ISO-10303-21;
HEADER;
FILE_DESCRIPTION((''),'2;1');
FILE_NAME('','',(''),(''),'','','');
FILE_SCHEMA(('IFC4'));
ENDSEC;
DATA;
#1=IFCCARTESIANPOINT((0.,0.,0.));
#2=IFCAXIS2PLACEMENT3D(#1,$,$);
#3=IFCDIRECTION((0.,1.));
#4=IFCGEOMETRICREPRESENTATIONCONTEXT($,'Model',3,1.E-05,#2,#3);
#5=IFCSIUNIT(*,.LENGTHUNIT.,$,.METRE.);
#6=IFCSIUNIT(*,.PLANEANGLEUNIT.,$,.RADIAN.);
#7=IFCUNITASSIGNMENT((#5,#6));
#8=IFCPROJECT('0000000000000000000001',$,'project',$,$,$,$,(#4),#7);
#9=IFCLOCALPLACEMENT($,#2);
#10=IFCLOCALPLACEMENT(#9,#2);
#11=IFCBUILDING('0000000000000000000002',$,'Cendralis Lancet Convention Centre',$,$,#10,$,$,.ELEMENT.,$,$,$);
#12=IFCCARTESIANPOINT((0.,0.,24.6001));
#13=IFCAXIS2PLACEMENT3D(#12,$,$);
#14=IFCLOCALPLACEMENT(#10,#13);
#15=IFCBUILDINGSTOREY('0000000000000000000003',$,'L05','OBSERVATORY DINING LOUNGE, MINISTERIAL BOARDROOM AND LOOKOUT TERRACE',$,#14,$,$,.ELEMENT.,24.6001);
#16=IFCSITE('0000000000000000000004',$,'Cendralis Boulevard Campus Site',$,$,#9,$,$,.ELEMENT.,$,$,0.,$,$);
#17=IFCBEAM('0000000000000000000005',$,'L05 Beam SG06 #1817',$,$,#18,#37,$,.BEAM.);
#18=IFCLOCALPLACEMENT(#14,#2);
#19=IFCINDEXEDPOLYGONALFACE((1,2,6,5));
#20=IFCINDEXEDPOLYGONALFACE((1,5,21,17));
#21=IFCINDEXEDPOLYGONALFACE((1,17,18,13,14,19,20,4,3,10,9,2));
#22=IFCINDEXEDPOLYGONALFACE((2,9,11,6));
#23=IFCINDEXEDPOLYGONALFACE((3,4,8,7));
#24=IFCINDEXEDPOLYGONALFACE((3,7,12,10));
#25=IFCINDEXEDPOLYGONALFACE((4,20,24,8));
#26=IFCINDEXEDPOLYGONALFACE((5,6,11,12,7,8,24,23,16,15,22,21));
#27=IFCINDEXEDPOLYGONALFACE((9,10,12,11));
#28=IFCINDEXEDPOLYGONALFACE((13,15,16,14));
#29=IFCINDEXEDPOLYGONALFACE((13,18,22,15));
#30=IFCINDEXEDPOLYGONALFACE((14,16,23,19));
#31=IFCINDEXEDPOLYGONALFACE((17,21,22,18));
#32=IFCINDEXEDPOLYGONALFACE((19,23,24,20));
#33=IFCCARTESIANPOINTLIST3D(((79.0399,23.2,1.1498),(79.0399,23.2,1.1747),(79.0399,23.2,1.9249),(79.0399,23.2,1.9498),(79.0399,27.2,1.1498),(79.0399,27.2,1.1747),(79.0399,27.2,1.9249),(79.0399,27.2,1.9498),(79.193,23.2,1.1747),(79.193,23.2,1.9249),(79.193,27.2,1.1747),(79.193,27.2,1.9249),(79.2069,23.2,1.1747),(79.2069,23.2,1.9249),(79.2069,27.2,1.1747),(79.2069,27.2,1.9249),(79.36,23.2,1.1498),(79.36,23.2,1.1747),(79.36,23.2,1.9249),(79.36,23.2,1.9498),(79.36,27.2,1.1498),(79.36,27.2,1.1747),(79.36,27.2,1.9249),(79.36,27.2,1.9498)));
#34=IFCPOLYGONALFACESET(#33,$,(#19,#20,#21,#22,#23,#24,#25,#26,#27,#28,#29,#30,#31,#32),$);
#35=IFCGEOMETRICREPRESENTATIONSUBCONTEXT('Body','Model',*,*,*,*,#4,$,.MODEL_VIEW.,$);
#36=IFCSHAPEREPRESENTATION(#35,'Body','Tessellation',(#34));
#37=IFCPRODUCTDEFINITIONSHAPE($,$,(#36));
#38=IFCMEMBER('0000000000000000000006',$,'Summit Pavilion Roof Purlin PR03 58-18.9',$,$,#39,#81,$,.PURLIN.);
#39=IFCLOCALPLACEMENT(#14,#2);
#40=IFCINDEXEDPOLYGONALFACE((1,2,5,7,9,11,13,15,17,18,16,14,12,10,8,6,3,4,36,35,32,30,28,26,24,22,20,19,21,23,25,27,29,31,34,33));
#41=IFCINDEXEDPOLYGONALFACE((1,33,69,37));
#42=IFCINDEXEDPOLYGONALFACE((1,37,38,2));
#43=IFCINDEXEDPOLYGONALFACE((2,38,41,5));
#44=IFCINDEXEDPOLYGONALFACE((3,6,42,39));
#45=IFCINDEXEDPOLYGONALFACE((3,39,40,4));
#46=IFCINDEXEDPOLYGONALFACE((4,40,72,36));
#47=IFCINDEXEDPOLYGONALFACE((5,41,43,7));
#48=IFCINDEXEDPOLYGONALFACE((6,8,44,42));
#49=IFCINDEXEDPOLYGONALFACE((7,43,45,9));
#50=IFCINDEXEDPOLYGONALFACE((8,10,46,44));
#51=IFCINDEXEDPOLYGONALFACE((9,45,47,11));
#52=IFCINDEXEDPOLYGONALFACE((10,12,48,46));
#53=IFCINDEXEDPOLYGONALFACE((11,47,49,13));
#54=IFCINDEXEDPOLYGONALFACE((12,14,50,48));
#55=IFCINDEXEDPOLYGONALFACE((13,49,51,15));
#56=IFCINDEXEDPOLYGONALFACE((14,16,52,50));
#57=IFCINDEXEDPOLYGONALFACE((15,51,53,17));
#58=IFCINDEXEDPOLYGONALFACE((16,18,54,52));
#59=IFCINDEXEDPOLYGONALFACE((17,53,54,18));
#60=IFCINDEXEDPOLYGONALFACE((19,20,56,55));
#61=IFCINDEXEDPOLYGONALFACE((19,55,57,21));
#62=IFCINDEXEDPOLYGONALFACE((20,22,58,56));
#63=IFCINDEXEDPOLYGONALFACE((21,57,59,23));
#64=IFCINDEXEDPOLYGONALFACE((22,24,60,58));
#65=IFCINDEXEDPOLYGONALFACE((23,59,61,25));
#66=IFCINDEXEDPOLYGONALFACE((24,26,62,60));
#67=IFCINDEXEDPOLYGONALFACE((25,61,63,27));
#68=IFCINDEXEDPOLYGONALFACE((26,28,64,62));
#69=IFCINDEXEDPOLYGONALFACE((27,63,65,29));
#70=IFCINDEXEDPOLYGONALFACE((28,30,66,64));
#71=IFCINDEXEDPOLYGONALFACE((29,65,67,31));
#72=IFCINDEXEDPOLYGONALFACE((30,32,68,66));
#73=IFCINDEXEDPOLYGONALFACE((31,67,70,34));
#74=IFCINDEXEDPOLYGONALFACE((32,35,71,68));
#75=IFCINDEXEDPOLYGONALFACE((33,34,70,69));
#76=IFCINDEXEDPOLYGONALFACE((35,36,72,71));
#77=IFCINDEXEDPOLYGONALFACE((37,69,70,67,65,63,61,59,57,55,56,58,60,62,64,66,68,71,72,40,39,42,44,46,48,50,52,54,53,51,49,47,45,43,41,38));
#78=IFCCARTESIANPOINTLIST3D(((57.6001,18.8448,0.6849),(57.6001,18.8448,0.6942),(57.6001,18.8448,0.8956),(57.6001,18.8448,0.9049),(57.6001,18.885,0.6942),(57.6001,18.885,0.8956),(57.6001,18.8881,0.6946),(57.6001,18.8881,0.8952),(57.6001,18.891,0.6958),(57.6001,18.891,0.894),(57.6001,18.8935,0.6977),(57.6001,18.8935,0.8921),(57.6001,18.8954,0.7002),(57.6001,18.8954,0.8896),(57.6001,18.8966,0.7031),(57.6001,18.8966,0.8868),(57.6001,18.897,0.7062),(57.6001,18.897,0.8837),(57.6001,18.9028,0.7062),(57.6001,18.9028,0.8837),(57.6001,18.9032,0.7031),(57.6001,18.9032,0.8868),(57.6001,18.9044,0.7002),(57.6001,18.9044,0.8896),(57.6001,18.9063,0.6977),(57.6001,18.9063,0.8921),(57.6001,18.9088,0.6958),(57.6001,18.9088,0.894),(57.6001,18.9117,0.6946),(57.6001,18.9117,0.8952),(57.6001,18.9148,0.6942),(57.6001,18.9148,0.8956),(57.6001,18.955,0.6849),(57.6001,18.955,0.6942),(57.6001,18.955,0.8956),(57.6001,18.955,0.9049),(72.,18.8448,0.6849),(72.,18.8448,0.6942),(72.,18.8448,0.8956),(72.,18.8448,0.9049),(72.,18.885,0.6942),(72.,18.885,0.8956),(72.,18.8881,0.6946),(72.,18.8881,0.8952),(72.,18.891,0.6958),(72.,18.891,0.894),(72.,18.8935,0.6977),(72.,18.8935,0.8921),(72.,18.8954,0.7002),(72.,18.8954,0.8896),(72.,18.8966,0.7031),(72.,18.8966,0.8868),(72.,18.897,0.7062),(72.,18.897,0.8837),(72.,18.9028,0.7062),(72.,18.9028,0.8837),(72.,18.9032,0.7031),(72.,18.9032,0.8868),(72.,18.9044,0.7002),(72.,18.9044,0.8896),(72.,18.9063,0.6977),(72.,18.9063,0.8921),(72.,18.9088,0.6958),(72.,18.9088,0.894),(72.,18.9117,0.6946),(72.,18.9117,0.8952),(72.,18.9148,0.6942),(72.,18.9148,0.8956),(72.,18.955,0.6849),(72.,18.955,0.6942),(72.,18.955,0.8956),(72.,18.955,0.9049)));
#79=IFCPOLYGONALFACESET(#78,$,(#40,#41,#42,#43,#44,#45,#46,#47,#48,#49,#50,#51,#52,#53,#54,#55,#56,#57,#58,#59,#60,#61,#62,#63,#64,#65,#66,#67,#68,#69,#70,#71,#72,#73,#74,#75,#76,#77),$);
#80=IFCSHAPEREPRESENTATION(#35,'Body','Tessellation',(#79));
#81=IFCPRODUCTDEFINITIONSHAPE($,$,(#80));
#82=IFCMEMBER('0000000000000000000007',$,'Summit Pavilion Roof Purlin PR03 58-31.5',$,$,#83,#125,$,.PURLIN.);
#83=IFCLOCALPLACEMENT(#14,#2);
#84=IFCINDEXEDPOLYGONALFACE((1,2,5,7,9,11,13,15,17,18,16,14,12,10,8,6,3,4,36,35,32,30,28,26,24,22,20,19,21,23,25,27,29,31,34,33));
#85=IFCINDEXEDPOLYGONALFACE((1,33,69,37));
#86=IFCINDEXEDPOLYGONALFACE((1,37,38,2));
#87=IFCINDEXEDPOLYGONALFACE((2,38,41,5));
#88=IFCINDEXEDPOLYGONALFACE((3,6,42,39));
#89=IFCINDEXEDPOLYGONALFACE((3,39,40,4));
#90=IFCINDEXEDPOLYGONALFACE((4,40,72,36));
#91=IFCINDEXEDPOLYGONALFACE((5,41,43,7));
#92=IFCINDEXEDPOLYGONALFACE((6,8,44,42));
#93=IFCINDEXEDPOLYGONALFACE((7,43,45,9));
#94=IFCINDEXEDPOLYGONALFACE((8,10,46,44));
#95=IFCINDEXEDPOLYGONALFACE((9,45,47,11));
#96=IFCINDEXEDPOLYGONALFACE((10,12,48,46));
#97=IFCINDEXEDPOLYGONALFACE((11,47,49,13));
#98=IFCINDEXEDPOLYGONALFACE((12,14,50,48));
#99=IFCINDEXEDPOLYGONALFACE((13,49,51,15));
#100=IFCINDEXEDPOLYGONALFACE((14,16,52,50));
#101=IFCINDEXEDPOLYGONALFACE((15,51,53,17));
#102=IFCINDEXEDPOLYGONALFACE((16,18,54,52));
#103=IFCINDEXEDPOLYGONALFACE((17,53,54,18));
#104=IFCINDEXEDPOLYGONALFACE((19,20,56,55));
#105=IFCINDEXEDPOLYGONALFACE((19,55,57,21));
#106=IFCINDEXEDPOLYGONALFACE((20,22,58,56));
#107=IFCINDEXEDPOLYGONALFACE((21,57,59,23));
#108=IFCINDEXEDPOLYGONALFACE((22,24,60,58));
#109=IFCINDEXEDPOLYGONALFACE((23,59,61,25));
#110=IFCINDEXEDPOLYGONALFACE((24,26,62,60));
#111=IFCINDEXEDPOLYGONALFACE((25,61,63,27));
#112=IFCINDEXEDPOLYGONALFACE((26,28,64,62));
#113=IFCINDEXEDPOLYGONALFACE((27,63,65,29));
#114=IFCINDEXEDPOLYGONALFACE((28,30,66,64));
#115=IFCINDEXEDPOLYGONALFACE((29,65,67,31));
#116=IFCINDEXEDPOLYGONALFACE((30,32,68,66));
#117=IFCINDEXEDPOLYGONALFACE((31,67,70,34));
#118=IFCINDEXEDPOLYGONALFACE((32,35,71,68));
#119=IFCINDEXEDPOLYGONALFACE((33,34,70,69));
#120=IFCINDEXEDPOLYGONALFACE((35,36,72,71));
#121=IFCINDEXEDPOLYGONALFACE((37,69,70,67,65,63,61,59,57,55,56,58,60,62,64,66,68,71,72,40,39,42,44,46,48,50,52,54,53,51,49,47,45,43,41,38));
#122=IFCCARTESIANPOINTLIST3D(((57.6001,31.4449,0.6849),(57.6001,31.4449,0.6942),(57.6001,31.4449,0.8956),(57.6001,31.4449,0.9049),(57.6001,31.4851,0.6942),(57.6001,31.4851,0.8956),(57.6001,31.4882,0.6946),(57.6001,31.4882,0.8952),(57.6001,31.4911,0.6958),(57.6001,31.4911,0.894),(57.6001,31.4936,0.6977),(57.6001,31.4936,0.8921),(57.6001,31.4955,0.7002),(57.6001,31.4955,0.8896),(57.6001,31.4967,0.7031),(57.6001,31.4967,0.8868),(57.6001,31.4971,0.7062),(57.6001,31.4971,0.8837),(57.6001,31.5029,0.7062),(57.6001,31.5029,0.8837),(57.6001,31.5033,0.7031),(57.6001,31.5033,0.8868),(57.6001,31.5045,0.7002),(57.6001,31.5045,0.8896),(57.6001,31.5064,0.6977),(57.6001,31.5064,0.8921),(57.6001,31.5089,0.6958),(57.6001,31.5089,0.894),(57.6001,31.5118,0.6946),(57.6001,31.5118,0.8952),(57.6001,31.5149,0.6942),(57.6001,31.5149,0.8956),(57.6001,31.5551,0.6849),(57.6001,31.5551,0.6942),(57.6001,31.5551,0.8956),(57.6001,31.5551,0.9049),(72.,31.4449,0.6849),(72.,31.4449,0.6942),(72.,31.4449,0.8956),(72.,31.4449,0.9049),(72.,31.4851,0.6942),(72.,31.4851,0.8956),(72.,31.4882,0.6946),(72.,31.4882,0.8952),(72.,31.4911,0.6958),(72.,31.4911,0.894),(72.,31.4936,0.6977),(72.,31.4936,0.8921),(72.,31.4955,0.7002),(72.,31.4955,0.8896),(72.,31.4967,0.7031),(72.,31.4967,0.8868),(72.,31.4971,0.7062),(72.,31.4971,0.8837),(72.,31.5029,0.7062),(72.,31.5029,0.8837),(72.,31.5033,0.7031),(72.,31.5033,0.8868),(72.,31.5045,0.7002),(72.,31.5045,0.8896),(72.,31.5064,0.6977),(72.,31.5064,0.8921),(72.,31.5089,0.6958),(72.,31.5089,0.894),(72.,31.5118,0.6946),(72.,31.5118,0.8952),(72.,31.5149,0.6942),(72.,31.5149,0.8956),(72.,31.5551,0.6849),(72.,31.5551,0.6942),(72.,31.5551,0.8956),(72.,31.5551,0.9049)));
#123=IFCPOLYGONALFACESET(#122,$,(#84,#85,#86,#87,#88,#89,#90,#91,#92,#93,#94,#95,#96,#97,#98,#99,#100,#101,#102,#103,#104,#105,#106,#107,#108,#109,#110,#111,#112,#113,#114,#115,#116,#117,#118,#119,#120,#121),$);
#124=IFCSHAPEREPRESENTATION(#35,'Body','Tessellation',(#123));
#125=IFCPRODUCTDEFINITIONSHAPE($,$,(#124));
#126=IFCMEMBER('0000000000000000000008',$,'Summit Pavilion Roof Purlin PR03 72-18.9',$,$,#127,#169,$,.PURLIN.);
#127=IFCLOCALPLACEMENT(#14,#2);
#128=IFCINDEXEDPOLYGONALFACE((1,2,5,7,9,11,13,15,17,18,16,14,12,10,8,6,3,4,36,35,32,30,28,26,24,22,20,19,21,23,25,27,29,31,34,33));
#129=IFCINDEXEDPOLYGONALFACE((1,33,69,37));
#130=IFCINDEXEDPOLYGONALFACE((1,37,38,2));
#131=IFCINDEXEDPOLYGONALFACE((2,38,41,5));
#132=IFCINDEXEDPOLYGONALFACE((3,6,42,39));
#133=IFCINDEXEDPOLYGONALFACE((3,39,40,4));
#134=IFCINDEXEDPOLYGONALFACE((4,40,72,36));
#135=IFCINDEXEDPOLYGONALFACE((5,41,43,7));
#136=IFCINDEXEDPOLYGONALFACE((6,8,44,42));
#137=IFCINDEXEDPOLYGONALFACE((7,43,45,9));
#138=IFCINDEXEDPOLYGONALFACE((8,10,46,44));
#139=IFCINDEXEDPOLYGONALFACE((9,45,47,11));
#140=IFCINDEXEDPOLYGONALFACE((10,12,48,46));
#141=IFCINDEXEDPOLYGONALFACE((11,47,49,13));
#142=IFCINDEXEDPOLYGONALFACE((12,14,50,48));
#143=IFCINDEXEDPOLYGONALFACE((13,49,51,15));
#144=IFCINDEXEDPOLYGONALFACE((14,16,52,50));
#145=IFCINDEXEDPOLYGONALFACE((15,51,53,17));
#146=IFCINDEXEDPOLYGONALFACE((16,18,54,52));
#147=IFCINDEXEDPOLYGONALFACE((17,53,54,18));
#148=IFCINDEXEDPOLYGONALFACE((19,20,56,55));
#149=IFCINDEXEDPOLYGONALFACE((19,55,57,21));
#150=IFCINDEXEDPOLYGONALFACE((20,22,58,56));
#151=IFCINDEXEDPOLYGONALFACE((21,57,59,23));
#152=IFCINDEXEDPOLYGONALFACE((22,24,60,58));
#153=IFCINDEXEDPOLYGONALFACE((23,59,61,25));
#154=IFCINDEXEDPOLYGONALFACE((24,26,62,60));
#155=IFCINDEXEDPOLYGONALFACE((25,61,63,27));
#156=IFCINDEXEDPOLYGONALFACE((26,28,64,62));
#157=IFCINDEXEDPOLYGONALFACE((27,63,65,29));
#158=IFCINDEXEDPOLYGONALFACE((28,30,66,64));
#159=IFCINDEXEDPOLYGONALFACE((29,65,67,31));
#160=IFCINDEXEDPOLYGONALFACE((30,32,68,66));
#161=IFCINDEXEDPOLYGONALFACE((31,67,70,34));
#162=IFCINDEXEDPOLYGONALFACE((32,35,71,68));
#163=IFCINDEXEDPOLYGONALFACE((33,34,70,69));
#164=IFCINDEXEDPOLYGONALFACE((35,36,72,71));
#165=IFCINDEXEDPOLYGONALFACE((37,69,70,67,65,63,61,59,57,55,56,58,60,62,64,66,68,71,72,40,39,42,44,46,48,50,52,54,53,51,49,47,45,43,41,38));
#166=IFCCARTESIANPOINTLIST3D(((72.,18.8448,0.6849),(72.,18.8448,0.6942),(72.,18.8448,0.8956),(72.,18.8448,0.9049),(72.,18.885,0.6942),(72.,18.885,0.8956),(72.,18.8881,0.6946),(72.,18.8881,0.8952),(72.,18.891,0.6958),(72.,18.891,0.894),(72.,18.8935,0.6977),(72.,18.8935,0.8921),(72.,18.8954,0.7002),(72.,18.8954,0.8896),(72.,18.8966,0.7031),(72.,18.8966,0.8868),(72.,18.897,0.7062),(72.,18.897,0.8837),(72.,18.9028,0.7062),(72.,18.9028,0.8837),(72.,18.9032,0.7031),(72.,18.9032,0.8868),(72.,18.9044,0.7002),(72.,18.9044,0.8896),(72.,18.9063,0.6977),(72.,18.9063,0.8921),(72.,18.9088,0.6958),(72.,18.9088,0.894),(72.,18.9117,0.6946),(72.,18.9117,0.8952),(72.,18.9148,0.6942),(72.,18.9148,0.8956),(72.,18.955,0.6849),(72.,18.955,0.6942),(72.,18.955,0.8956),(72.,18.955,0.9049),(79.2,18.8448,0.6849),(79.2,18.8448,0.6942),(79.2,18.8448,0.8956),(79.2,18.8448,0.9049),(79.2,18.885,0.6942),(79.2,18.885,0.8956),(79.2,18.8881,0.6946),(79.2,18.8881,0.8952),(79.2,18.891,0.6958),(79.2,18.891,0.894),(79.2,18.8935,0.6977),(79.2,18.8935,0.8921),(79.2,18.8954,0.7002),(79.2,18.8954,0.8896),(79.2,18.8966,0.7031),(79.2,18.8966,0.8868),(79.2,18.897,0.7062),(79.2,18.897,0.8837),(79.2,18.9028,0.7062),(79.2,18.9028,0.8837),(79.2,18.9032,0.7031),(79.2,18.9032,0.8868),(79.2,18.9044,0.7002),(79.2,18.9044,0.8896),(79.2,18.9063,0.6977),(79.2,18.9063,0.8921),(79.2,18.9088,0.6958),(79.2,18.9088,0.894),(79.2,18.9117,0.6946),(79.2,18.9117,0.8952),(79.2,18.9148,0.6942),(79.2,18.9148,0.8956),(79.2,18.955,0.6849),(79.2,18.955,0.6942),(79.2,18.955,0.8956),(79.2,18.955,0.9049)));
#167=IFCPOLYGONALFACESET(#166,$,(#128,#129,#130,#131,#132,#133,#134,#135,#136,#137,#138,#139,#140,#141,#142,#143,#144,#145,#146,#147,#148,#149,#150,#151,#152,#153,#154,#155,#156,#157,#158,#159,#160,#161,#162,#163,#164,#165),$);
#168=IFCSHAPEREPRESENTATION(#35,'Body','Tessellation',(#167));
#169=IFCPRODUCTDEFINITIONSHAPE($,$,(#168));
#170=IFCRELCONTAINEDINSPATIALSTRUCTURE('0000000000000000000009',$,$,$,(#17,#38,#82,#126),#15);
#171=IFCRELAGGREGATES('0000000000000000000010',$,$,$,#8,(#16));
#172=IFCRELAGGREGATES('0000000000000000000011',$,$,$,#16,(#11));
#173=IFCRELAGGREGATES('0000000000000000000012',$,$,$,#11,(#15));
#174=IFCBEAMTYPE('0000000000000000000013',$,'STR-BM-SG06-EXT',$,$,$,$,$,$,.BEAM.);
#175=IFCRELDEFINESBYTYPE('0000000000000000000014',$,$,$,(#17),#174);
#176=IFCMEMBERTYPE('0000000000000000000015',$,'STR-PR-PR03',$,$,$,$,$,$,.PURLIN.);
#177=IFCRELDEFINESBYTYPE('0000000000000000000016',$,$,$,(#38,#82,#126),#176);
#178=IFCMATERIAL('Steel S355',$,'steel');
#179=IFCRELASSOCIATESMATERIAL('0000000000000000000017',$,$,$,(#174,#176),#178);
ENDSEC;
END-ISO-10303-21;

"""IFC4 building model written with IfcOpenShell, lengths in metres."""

from ifc_helpers import new_model, si_unit, direction, frame, origin, origin_2d, place, context, subcontext, project, spatial, i_section, extrude, material, material_profile, profile_set, type_object, element, save


model = new_model("IFC4")

# Units and contexts
model_context = context("Model", 3, precision=1e-05, world=origin(), true_north=direction((0.0, 1.0)))
body_context = subcontext(model_context, "Body", "Model", "MODEL_VIEW")
ifc_project = project(units=[si_unit("LENGTHUNIT", "METRE"), si_unit("PLANEANGLEUNIT", "RADIAN")], contexts=[model_context])

# Site, building, storey
site_placement = place(None, origin())
site = spatial("IfcSite", under=ifc_project, at=site_placement, Name="Cendralis Boulevard Campus Site", CompositionType="ELEMENT", RefElevation=0.0)
building_placement = place(site_placement, origin())
building = spatial("IfcBuilding", under=site, at=building_placement, Name="Cendralis Lancet Convention Centre", CompositionType="ELEMENT")
storey_placement = place(building_placement, frame((0.0, 0.0, 24.6001)))
storey = spatial("IfcBuildingStorey", under=building, at=storey_placement, Name="L05", Description="OBSERVATORY DINING LOUNGE, MINISTERIAL BOARDROOM AND LOOKOUT TERRACE", CompositionType="ELEMENT", Elevation=24.6001)

# Beam
ifc_material_1 = material(Name="Steel S355", Category="steel")
ifc_material_profile_1 = material_profile(ifc_material_1, i_section(OverallWidth=0.3201, OverallDepth=0.8, WebThickness=0.0139, FlangeThickness=0.0249, at=origin_2d()), Name="PG 800x320")
ifc_profile_set_1 = profile_set([ifc_material_profile_1], Name="Steel S355")
beam_type_1 = type_object("IfcBeamType", Name="STR-BM-SG06-EXT", PredefinedType="BEAM", material=ifc_profile_set_1)
beam_1_placement = place(storey_placement, frame((79.2, 23.2, 1.5498), z_axis=(0.0, 1.0, 0.0), x_axis=(-1.0, 0.0, 0.0)))
element("IfcBeam", 1, at=beam_1_placement, inside=storey, type_object=beam_type_1, Name="L05 Beam SG06 #1817", PredefinedType="BEAM", context=body_context, shape_type="SweptSolid", body=[
    extrude(i_section(OverallWidth=0.3201, OverallDepth=0.8, WebThickness=0.0139, FlangeThickness=0.0249, at=origin_2d()), origin(), (0.0, 0.0, 1.0), 4.0),
])

# Members
ifc_material_profile_2 = material_profile(ifc_material_1, i_section(OverallWidth=0.1101, OverallDepth=0.22, WebThickness=0.0059, FlangeThickness=0.0093, FilletRadius=0.012, at=origin_2d()), Name="IPE 220")
ifc_profile_set_2 = profile_set([ifc_material_profile_2], Name="Steel S355")
member_type_1 = type_object("IfcMemberType", Name="STR-PR-PR03", PredefinedType="PURLIN", material=ifc_profile_set_2)
for number, where, z_axis, x_axis, name in (
    (2, (57.6001, 18.8999, 0.7949), (1.0, 0.0, 0.0), (0.0, 1.0, 0.0), "Summit Pavilion Roof Purlin PR03 58-18.9"),
    (3, (57.6001, 31.5, 0.7949), (1.0, 0.0, 0.0), (0.0, 1.0, 0.0), "Summit Pavilion Roof Purlin PR03 58-31.5"),
):
    element("IfcMember", number, at=place(storey_placement, frame(where, z_axis=z_axis, x_axis=x_axis)), inside=storey, type_object=member_type_1, Name=name, PredefinedType="PURLIN", context=body_context, shape_type="SweptSolid", body=[
        extrude(i_section(OverallWidth=0.1101, OverallDepth=0.22, WebThickness=0.0059, FlangeThickness=0.0093, FilletRadius=0.012, at=origin_2d()), origin(), (0.0, 0.0, 1.0), 14.3999),
    ])
for number, where, z_axis, x_axis, name in (
    (4, (72.0, 18.8999, 0.7949), (1.0, 0.0, 0.0), (0.0, 1.0, 0.0), "Summit Pavilion Roof Purlin PR03 72-18.9"),
):
    element("IfcMember", number, at=place(storey_placement, frame(where, z_axis=z_axis, x_axis=x_axis)), inside=storey, type_object=member_type_1, Name=name, PredefinedType="PURLIN", context=body_context, shape_type="SweptSolid", body=[
        extrude(i_section(OverallWidth=0.1101, OverallDepth=0.22, WebThickness=0.0059, FlangeThickness=0.0093, FilletRadius=0.012, at=origin_2d()), origin(), (0.0, 0.0, 1.0), 7.2),
    ])

save(model, "model.ifc")
